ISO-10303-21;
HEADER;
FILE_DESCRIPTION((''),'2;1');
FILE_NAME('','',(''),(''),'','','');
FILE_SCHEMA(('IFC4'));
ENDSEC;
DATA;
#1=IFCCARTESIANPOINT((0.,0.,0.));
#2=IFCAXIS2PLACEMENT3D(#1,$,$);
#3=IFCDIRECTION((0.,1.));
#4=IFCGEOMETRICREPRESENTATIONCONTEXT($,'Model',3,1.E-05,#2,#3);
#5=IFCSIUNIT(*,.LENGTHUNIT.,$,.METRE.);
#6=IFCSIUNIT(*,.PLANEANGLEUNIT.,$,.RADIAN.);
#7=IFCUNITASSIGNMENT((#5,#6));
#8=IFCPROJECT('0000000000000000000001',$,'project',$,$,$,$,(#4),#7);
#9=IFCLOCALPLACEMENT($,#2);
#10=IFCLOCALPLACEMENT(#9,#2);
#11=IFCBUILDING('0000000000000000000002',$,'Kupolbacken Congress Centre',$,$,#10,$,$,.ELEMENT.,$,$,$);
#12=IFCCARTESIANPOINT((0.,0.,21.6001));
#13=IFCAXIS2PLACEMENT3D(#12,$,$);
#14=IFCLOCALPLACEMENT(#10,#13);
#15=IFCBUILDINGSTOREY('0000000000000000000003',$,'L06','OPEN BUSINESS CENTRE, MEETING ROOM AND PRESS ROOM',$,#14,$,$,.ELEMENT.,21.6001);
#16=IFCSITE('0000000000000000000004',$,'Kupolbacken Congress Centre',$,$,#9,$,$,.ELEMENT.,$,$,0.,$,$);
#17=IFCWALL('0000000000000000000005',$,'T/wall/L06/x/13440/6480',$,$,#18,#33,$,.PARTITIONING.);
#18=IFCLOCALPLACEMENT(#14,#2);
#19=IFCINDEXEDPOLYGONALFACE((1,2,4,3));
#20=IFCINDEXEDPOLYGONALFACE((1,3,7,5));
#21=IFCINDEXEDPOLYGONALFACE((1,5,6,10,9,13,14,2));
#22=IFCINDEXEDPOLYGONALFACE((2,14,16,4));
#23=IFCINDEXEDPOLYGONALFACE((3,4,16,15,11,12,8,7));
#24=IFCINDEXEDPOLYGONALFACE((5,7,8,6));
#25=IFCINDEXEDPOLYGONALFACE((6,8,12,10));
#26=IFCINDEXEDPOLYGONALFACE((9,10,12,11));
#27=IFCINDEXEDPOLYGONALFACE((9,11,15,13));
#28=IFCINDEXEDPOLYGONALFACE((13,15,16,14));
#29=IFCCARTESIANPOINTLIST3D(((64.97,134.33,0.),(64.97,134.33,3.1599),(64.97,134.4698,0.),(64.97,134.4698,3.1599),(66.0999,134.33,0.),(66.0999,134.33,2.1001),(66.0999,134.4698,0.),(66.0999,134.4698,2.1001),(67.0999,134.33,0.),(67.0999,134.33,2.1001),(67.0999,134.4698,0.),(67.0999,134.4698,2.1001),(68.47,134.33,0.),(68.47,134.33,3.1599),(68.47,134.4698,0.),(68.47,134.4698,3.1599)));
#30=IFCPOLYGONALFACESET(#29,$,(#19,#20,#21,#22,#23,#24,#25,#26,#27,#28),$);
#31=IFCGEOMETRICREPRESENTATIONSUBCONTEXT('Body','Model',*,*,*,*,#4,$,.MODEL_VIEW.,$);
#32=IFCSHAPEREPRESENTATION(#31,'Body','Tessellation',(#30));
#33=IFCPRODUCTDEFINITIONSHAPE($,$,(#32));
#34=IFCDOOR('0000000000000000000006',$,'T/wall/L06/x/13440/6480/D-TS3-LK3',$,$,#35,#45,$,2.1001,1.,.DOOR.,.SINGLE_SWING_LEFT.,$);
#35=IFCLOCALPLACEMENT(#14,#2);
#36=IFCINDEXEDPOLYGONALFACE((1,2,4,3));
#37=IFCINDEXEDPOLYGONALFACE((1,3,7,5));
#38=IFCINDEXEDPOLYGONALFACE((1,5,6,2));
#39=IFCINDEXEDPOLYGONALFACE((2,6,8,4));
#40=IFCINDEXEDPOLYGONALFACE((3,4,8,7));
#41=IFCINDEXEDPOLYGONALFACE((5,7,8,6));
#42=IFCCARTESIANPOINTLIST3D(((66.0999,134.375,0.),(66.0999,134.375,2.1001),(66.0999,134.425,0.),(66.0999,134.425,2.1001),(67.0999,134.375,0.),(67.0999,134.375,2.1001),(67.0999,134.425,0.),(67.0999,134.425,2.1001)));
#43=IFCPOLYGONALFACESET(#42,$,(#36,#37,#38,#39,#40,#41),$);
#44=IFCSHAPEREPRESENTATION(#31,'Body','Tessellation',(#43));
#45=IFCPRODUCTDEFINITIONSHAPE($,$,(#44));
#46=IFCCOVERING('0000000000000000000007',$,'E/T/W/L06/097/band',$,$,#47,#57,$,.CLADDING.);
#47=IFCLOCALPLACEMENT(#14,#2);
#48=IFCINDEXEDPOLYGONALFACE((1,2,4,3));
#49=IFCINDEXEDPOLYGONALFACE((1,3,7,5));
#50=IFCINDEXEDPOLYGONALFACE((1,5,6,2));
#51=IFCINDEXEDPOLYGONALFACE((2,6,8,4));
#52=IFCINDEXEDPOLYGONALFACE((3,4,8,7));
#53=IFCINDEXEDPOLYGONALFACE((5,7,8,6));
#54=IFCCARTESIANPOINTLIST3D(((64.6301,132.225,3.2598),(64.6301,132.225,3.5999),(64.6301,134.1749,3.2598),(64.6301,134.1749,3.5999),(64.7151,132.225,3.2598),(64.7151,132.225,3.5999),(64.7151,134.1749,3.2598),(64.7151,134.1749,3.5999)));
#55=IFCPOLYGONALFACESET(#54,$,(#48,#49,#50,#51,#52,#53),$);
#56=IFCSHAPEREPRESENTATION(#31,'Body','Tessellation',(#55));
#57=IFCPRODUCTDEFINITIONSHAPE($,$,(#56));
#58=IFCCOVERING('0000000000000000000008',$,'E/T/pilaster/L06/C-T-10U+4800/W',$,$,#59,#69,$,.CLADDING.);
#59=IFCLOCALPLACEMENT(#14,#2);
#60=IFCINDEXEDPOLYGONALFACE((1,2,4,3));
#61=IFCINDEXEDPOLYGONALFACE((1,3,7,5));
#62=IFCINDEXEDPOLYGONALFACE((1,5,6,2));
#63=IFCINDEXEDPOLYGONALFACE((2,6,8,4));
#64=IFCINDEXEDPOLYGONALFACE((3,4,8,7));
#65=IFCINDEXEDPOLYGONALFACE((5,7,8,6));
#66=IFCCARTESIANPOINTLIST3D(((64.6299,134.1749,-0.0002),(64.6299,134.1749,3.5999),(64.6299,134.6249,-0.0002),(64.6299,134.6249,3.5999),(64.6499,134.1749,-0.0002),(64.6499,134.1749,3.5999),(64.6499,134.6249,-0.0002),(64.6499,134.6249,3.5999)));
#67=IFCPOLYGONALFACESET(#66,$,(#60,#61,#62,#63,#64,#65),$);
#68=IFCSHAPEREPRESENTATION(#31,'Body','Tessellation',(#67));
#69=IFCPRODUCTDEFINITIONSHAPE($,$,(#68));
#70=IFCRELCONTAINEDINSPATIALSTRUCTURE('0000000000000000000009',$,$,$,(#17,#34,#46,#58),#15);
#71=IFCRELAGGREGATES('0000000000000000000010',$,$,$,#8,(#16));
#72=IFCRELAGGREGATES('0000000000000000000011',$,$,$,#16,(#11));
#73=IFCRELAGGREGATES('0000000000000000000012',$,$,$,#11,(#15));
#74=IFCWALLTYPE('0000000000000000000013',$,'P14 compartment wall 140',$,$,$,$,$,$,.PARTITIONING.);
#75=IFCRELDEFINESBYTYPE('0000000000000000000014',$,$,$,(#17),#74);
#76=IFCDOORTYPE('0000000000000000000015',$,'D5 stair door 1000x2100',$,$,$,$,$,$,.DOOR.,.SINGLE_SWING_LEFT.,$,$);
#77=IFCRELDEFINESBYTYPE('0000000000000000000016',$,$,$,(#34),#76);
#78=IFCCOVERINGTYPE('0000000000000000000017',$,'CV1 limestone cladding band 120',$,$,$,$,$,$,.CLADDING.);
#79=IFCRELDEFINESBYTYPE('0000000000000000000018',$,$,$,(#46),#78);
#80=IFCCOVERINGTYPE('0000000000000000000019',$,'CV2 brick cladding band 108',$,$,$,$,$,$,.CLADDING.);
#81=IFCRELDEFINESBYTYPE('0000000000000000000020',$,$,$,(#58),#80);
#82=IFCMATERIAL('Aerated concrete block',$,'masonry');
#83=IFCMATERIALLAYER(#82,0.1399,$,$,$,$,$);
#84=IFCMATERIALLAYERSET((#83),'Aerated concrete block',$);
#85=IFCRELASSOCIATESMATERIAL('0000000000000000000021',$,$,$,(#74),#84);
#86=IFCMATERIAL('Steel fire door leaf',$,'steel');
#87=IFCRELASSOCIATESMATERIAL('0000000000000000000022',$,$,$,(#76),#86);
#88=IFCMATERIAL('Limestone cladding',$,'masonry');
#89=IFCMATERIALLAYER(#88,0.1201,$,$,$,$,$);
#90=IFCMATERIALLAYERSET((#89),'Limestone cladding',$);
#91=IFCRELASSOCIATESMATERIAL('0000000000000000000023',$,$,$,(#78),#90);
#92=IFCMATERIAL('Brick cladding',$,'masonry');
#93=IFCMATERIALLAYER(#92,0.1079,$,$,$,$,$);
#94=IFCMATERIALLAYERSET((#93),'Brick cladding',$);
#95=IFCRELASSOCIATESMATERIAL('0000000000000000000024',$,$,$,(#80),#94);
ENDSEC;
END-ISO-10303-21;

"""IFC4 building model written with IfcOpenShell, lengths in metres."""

from ifc_helpers import new_model, si_unit, direction, frame, frame_2d, origin, origin_2d, place, context, subcontext, project, spatial, rectangle, extrude, material, layer, layer_set, type_object, element, fill, save


model = new_model("IFC4")

# Units and contexts
model_context = context("Model", 3, precision=1e-05, world=origin(), true_north=direction((0.0, 1.0)))
body_context = subcontext(model_context, "Body", "Model", "MODEL_VIEW")
ifc_project = project(units=[si_unit("LENGTHUNIT", "METRE"), si_unit("PLANEANGLEUNIT", "RADIAN")], contexts=[model_context])

# Site, building, storey
site_placement = place(None, origin())
site = spatial("IfcSite", under=ifc_project, at=site_placement, Name="Kupolbacken Congress Centre", CompositionType="ELEMENT", RefElevation=0.0)
building_placement = place(site_placement, origin())
building = spatial("IfcBuilding", under=site, at=building_placement, Name="Kupolbacken Congress Centre", CompositionType="ELEMENT")
storey_placement = place(building_placement, frame((0.0, 0.0, 21.6001)))
storey = spatial("IfcBuildingStorey", under=building, at=storey_placement, Name="L06", Description="OPEN BUSINESS CENTRE, MEETING ROOM AND PRESS ROOM", CompositionType="ELEMENT", Elevation=21.6001)

# Wall, opening, door
ifc_material_1 = material(Name="Aerated concrete block", Category="masonry")
ifc_layer_1 = layer(ifc_material_1, 0.1399)
ifc_layer_set_1 = layer_set([ifc_layer_1], Name="Aerated concrete block")
wall_type_1 = type_object("IfcWallType", Name="P14 compartment wall 140", PredefinedType="PARTITIONING", material=ifc_layer_set_1)
wall_1_placement = place(storey_placement, frame((64.97, 134.3999, 0.0), z_axis=(0.0, 0.0, 1.0), x_axis=(1.0, 0.0, 0.0)))
wall_1 = element("IfcWall", 1, at=wall_1_placement, inside=storey, type_object=wall_type_1, Name="T/wall/L06/x/13440/6480", PredefinedType="PARTITIONING", context=body_context, shape_type="SweptSolid", body=[
    extrude(rectangle(XDim=3.5, YDim=0.1399, at=frame_2d((1.75, 0.0))), origin(), (0.0, 0.0, 1.0), 3.1599),
])
opening_1_placement = place(wall_1_placement, frame((1.1299, 0.0, 0.0)))
opening_1 = element("IfcOpeningElement", 2, at=opening_1_placement, cuts=wall_1, PredefinedType="OPENING", context=body_context, shape_type="SweptSolid", body=[
    extrude(rectangle(XDim=1.0, YDim=2.1001, at=frame_2d((0.5, 1.05))), frame((0.0, 0.0798, 0.0), z_axis=(0.0, -1.0, 0.0), x_axis=(1.0, 0.0, 0.0)), (0.0, 0.0, 1.0), 0.1599),
])
ifc_material_2 = material(Name="Steel fire door leaf", Category="steel")
door_type_1 = type_object("IfcDoorType", Name="D5 stair door 1000x2100", OperationType="SINGLE_SWING_LEFT", PredefinedType="DOOR", material=ifc_material_2)
door_1_placement = place(opening_1_placement, frame((1.0, 0.0, 0.0), z_axis=(0.0, 0.0, 1.0), x_axis=(-1.0, 0.0, 0.0)))
door_1 = element("IfcDoor", 3, at=door_1_placement, inside=storey, type_object=door_type_1, Name="T/wall/L06/x/13440/6480/D-TS3-LK3", OperationType="SINGLE_SWING_LEFT", OverallHeight=2.1001, OverallWidth=1.0, PredefinedType="DOOR", context=body_context, shape_type="SweptSolid", body=[
    extrude(rectangle(XDim=1.0, YDim=2.1001, at=frame_2d((0.5, 1.05))), frame((0.0, 0.0249, 0.0), z_axis=(0.0, -1.0, 0.0), x_axis=(1.0, 0.0, 0.0)), (0.0, 0.0, 1.0), 0.05),
])
fill(opening_1, door_1)

# Coverings
ifc_material_3 = material(Name="Limestone cladding", Category="masonry")
ifc_layer_2 = layer(ifc_material_3, 0.1201)
ifc_layer_set_2 = layer_set([ifc_layer_2], Name="Limestone cladding")
covering_type_1 = type_object("IfcCoveringType", Name="CV1 limestone cladding band 120", PredefinedType="CLADDING", material=ifc_layer_set_2)
covering_1_placement = place(storey_placement, frame((64.6726, 133.2, 3.2598), z_axis=(0.0, 0.0, 1.0), x_axis=(0.0, -1.0, 0.0)))
element("IfcCovering", 4, at=covering_1_placement, inside=storey, type_object=covering_type_1, Name="E/T/W/L06/097/band", PredefinedType="CLADDING", context=body_context, shape_type="SweptSolid", body=[
    extrude(rectangle(XDim=1.95, YDim=0.085, at=origin_2d()), origin(), (0.0, 0.0, 1.0), 0.3401),
])
ifc_material_4 = material(Name="Brick cladding", Category="masonry")
ifc_layer_3 = layer(ifc_material_4, 0.1079)
ifc_layer_set_3 = layer_set([ifc_layer_3], Name="Brick cladding")
covering_type_2 = type_object("IfcCoveringType", Name="CV2 brick cladding band 108", PredefinedType="CLADDING", material=ifc_layer_set_3)
covering_2_placement = place(storey_placement, frame((64.6399, 134.3999, -0.0002), z_axis=(0.0, 0.0, 1.0), x_axis=(1.0, 0.0, 0.0)))
element("IfcCovering", 5, at=covering_2_placement, inside=storey, type_object=covering_type_2, Name="E/T/pilaster/L06/C-T-10U+4800/W", PredefinedType="CLADDING", context=body_context, shape_type="SweptSolid", body=[
    extrude(rectangle(XDim=0.02, YDim=0.45, at=origin_2d()), origin(), (0.0, 0.0, 1.0), 3.6001),
])

save(model, "model.ifc")
